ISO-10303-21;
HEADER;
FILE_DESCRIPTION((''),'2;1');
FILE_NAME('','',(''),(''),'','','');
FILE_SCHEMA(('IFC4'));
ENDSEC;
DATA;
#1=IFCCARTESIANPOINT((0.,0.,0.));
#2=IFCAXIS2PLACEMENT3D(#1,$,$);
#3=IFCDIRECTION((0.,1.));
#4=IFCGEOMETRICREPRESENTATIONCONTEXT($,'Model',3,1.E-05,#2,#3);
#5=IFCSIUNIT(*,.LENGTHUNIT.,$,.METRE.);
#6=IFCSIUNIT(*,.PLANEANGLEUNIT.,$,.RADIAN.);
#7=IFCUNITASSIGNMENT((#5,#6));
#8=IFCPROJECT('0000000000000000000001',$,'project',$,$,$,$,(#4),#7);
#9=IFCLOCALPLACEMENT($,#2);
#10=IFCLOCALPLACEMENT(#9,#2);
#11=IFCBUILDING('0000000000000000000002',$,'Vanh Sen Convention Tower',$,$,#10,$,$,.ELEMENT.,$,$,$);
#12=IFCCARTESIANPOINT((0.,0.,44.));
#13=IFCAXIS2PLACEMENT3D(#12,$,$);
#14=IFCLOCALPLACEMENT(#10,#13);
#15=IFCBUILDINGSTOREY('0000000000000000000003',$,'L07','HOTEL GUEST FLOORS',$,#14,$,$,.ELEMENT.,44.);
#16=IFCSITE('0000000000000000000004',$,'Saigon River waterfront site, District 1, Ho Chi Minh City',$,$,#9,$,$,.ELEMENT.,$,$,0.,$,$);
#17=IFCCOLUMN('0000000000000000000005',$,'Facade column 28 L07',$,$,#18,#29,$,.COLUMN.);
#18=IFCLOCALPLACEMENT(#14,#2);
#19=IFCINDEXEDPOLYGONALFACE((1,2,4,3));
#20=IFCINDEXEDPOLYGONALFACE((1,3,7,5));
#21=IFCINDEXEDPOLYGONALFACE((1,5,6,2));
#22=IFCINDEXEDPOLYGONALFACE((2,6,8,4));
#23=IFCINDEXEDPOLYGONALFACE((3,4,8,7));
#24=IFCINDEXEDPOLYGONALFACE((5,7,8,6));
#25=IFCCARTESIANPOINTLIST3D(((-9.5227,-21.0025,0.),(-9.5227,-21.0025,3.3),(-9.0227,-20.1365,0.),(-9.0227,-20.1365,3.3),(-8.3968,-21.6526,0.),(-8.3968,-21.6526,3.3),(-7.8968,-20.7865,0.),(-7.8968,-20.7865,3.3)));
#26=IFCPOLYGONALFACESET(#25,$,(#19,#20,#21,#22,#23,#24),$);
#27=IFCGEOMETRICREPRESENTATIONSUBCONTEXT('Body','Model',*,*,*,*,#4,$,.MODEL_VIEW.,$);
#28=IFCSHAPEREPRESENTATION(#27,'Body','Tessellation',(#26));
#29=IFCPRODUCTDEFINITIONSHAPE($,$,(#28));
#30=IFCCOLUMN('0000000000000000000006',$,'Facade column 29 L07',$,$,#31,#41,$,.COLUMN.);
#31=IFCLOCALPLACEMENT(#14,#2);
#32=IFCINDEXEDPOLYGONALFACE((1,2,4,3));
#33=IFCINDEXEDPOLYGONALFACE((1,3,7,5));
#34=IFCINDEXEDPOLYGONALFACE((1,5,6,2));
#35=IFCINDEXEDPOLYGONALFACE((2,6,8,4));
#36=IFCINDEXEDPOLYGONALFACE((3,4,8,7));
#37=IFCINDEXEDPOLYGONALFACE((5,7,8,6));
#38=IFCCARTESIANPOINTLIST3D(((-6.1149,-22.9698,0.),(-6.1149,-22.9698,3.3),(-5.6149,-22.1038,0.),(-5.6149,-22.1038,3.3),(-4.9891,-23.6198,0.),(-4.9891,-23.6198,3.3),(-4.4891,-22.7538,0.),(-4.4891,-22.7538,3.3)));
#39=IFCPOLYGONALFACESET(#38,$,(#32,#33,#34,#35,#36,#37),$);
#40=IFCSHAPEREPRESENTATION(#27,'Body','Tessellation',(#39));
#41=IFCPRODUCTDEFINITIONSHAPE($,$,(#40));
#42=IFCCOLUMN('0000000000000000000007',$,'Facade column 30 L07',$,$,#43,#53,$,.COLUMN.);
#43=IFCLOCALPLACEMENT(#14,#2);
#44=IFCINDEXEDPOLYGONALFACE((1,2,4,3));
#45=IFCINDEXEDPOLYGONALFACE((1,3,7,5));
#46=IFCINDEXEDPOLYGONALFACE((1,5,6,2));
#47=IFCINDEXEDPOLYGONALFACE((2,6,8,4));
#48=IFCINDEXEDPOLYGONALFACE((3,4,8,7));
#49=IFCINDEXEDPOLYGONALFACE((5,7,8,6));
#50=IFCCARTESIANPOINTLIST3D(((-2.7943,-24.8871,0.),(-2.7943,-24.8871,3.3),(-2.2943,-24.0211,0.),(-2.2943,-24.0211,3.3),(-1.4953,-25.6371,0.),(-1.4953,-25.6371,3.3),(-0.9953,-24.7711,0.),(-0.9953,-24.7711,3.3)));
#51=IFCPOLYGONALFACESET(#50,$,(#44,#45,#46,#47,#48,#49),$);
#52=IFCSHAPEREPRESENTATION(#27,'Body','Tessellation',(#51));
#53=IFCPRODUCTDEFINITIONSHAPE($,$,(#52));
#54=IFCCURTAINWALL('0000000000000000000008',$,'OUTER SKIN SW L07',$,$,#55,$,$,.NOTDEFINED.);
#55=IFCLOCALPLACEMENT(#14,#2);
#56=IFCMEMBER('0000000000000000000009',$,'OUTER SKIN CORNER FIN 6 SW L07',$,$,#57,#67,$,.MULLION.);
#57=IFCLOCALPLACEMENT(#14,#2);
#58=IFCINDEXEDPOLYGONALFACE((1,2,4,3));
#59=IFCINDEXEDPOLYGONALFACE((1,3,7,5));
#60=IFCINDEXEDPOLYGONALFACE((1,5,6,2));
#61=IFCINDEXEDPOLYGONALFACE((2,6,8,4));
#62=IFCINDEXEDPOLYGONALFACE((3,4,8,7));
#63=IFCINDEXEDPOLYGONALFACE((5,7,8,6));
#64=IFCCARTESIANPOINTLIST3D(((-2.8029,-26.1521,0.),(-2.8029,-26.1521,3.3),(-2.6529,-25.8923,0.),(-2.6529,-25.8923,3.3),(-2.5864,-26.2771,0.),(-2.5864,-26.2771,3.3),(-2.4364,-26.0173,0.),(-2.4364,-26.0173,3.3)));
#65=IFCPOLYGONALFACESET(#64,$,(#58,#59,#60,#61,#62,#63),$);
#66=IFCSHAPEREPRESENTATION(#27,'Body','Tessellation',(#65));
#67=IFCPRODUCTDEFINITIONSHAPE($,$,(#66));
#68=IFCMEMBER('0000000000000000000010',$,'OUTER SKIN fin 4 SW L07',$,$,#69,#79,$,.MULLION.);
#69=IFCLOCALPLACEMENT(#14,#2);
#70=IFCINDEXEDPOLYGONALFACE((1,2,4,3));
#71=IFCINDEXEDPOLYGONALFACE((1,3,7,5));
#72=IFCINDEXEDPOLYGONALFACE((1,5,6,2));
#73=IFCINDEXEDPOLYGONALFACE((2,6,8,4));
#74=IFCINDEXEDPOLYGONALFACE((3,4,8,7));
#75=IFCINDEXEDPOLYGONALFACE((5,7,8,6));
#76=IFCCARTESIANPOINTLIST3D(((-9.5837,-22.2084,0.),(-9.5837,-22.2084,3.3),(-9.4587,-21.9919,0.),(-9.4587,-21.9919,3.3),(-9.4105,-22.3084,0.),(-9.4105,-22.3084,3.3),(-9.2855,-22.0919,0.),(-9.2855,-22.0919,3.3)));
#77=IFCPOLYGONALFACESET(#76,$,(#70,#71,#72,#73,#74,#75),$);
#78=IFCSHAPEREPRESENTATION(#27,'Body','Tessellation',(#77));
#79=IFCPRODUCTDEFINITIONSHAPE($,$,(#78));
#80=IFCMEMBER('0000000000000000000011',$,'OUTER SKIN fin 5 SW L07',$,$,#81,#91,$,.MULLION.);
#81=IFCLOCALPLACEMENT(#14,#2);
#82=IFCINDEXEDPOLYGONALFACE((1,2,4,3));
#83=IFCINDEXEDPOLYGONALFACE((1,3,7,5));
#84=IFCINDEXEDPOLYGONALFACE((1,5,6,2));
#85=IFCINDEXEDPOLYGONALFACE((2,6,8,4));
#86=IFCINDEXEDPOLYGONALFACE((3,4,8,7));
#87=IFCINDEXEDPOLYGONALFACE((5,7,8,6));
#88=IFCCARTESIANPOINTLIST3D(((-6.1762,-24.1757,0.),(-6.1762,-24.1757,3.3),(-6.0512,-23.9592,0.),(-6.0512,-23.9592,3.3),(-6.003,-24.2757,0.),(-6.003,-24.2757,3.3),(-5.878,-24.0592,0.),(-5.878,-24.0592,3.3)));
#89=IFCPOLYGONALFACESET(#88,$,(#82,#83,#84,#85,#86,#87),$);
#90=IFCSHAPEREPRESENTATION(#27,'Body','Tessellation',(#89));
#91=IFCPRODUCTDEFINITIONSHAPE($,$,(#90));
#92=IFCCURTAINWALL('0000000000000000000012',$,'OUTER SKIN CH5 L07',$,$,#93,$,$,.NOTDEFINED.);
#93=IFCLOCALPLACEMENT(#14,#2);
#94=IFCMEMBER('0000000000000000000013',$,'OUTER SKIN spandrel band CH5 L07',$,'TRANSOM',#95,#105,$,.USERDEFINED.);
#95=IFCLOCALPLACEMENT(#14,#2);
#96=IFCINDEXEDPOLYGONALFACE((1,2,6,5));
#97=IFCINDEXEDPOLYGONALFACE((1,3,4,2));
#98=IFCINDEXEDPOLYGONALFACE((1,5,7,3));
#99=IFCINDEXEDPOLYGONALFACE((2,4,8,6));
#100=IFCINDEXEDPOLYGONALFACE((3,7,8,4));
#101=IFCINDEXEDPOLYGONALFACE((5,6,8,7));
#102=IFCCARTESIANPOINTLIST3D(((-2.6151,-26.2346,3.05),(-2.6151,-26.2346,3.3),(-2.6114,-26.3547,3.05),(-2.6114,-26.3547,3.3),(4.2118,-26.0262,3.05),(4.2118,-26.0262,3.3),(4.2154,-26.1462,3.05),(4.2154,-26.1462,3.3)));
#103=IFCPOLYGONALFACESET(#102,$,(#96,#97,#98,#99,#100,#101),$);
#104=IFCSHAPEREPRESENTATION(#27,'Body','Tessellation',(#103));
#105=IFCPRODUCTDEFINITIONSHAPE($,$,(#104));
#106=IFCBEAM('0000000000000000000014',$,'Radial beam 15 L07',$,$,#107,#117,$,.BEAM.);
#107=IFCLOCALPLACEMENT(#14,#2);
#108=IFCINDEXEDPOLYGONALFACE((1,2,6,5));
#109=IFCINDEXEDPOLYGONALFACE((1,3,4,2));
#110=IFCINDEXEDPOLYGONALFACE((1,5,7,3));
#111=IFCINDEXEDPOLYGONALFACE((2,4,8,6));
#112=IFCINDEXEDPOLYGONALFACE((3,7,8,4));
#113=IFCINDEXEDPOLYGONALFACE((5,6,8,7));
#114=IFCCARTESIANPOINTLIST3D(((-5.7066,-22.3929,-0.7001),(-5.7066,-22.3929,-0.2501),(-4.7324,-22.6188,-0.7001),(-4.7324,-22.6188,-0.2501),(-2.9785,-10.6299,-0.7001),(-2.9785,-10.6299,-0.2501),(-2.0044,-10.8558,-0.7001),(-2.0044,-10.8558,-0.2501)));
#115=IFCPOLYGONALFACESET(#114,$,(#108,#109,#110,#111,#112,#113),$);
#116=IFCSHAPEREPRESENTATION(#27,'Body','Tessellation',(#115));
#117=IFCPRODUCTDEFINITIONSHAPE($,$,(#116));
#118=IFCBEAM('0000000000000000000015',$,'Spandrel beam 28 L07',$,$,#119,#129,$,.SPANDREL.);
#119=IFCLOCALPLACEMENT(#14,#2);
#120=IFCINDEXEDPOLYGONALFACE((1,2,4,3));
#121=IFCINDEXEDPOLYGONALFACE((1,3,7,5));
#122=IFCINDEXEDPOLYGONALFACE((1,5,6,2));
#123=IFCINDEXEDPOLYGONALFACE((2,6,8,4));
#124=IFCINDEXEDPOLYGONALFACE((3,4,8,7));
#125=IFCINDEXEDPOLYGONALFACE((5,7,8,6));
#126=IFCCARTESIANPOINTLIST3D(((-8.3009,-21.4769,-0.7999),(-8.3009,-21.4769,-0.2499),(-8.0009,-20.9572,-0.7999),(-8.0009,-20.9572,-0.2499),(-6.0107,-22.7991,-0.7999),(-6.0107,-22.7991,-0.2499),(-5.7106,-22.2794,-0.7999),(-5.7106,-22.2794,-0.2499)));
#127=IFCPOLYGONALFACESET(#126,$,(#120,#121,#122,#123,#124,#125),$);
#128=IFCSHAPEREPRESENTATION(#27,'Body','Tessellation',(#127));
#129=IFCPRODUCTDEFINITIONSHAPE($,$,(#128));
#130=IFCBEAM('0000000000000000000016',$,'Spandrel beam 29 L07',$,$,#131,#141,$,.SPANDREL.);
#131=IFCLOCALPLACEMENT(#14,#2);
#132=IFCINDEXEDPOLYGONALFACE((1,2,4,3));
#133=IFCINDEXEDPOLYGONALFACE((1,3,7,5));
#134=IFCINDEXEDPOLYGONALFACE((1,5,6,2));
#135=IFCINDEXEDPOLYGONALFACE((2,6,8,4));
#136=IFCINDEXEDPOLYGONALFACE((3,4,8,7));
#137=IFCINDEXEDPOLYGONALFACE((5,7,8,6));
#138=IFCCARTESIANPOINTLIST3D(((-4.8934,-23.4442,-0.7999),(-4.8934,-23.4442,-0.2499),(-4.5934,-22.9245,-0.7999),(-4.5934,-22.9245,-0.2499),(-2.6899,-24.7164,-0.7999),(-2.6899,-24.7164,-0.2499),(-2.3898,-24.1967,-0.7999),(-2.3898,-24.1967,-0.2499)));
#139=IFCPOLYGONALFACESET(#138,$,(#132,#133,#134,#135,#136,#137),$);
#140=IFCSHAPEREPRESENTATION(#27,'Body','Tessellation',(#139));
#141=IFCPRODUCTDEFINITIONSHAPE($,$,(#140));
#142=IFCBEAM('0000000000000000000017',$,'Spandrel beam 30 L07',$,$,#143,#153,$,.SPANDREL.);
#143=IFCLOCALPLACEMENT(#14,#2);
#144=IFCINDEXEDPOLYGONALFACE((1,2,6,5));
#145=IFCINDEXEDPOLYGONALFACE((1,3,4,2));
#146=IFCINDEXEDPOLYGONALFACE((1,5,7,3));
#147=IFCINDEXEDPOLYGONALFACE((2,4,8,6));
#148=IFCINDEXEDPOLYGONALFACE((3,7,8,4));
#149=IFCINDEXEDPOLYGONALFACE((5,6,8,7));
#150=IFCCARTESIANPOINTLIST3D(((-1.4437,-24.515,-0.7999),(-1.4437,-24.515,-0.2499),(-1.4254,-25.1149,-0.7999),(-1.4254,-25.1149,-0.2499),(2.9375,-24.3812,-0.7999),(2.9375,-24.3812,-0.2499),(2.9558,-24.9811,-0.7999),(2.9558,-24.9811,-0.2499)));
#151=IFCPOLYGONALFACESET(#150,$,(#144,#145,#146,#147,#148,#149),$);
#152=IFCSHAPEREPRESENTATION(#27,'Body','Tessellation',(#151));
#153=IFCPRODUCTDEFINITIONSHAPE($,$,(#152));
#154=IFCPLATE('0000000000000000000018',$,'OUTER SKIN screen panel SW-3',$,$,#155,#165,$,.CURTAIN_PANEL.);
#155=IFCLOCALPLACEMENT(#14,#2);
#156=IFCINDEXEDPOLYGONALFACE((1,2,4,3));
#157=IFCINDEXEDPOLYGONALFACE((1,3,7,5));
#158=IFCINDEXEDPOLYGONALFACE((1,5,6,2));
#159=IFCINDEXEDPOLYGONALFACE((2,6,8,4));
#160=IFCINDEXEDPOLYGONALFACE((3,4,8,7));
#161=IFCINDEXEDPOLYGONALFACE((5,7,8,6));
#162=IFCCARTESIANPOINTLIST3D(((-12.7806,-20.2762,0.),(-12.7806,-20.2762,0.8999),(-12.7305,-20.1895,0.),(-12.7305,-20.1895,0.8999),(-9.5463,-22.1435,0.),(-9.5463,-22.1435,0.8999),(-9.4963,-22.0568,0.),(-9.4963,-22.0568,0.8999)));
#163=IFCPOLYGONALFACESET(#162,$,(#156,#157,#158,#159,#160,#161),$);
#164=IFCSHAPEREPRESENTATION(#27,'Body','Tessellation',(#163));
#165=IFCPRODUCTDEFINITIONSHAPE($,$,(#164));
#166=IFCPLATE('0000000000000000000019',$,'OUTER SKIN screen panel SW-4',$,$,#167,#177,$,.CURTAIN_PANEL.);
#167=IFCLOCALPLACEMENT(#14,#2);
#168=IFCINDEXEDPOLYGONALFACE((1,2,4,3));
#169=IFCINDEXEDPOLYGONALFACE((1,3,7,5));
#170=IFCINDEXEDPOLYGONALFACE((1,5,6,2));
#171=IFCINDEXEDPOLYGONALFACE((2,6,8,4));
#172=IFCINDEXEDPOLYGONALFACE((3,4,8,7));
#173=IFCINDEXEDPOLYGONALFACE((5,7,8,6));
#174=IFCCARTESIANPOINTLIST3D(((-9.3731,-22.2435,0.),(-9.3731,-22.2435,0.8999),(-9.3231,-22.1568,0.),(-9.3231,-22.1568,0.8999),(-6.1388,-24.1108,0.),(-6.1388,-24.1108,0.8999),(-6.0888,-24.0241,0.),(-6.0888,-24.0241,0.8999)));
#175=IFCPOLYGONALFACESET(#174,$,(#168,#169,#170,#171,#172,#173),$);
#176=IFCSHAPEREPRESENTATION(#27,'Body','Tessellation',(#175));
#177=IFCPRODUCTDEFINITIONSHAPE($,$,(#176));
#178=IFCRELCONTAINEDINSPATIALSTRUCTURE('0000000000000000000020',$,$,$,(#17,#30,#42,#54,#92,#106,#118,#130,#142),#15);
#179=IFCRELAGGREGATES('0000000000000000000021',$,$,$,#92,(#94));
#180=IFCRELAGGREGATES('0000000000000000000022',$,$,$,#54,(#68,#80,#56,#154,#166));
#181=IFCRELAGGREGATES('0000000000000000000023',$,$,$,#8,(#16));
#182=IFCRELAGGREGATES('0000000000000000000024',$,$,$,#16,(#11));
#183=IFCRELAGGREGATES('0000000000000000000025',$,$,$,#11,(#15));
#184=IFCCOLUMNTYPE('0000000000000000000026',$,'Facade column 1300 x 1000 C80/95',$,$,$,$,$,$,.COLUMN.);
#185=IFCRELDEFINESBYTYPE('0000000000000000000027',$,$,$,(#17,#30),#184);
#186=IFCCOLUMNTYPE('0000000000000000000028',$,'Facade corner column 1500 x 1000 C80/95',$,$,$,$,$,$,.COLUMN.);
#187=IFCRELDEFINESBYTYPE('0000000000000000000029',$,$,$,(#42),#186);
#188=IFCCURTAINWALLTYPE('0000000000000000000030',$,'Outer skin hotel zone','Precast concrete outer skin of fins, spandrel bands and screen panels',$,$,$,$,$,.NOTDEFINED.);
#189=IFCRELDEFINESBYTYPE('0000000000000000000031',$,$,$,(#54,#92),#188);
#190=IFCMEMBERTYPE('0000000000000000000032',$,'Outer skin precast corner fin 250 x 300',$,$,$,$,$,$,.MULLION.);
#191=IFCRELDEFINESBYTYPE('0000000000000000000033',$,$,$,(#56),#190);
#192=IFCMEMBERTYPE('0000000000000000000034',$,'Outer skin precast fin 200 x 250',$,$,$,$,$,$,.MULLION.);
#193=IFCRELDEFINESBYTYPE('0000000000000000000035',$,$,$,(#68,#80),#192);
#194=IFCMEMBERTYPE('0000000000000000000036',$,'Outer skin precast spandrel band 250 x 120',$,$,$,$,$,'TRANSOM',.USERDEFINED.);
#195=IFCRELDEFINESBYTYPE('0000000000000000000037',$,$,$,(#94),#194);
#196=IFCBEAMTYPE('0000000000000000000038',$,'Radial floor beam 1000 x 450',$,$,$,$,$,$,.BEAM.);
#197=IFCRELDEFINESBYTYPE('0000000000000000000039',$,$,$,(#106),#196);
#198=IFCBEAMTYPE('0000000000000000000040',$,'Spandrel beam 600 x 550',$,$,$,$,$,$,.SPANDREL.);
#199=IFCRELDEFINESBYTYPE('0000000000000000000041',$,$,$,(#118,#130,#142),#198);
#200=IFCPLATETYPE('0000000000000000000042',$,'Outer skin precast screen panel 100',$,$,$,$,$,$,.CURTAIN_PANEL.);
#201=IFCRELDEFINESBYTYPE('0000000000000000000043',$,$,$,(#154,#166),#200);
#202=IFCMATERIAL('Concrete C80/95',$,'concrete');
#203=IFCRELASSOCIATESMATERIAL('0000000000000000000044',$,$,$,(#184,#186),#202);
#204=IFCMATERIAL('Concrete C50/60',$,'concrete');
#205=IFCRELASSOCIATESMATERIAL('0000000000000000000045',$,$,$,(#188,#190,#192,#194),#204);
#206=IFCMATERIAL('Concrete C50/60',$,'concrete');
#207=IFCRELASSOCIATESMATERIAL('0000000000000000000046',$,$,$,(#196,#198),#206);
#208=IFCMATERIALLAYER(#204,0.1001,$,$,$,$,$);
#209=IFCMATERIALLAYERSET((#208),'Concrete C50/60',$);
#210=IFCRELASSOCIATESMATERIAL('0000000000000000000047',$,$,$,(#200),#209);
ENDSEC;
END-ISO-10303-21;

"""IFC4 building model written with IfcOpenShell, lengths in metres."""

from ifc_helpers import new_model, si_unit, direction, frame, origin, origin_2d, place, context, subcontext, project, spatial, rectangle, extrude, material, layer, layer_set, material_profile, profile_set, type_object, element, aggregate, save


model = new_model("IFC4")

# Units and contexts
model_context = context("Model", 3, precision=1e-05, world=origin(), true_north=direction((0.0, 1.0)))
body_context = subcontext(model_context, "Body", "Model", "MODEL_VIEW")
ifc_project = project(units=[si_unit("LENGTHUNIT", "METRE"), si_unit("PLANEANGLEUNIT", "RADIAN")], contexts=[model_context])

# Site, building, storey
site_placement = place(None, origin())
site = spatial("IfcSite", under=ifc_project, at=site_placement, Name="Saigon River waterfront site, District 1, Ho Chi Minh City", CompositionType="ELEMENT", RefElevation=0.0)
building_placement = place(site_placement, origin())
building = spatial("IfcBuilding", under=site, at=building_placement, Name="Vanh Sen Convention Tower", CompositionType="ELEMENT")
storey_placement = place(building_placement, frame((0.0, 0.0, 44.0)))
storey = spatial("IfcBuildingStorey", under=building, at=storey_placement, Name="L07", Description="HOTEL GUEST FLOORS", CompositionType="ELEMENT", Elevation=44.0)

# Columns
ifc_material_1 = material(Name="Concrete C80/95", Category="concrete")
ifc_material_profile_1 = material_profile(ifc_material_1, rectangle(XDim=1.3, YDim=1.0, at=origin_2d()), Name="RC 1300X1000")
ifc_profile_set_1 = profile_set([ifc_material_profile_1], Name="Concrete C80/95")
column_type_1 = type_object("IfcColumnType", Name="Facade column 1300 x 1000 C80/95", PredefinedType="COLUMN", material=ifc_profile_set_1)
for number, where, z_axis, x_axis, name in (
    (1, (-8.7097, -20.8945, 0.0), (0.0, 0.0, 1.0), (0.866025, -0.5, 0.0), "Facade column 28 L07"),
    (2, (-5.302, -22.8618, 0.0), (0.0, 0.0, 1.0), (0.866025, -0.5, 0.0), "Facade column 29 L07"),
):
    element("IfcColumn", number, at=place(storey_placement, frame(where, z_axis=z_axis, x_axis=x_axis)), inside=storey, type_object=column_type_1, Name=name, PredefinedType="COLUMN", context=body_context, shape_type="SweptSolid", body=[
        extrude(rectangle(XDim=1.3, YDim=1.0, at=origin_2d()), origin(), (0.0, 0.0, 1.0), 3.3),
    ])
ifc_material_profile_2 = material_profile(ifc_material_1, rectangle(XDim=1.5, YDim=1.0, at=origin_2d()), Name="RC 1500X1000")
ifc_profile_set_2 = profile_set([ifc_material_profile_2], Name="Concrete C80/95")
column_type_2 = type_object("IfcColumnType", Name="Facade corner column 1500 x 1000 C80/95", PredefinedType="COLUMN", material=ifc_profile_set_2)
column_placement = place(storey_placement, frame((-1.8948, -24.8291, 0.0), z_axis=(0.0, 0.0, 1.0), x_axis=(0.866025, -0.5, 0.0)))
element("IfcColumn", 3, at=column_placement, inside=storey, type_object=column_type_2, Name="Facade column 30 L07", PredefinedType="COLUMN", context=body_context, shape_type="SweptSolid", body=[
    extrude(rectangle(XDim=1.5, YDim=1.0, at=origin_2d()), origin(), (0.0, 0.0, 1.0), 3.3),
])

# Curtain wall, members
ifc_material_2 = material(Name="Concrete C50/60", Category="concrete")
curtain_wall_type = type_object("IfcCurtainWallType", Name="Outer skin hotel zone", Description="Precast concrete outer skin of fins, spandrel bands and screen panels", PredefinedType="NOTDEFINED", material=ifc_material_2)
curtain_wall_1_placement = place(storey_placement, origin())
curtain_wall_1 = element("IfcCurtainWall", 4, at=curtain_wall_1_placement, inside=storey, type_object=curtain_wall_type, Name="OUTER SKIN SW L07", PredefinedType="NOTDEFINED")
ifc_material_profile_3 = material_profile(ifc_material_2, rectangle(XDim=0.25, YDim=0.3, at=origin_2d()), Name="Outer skin precast corner fin 250 x 300")
ifc_profile_set_3 = profile_set([ifc_material_profile_3], Name="Concrete C50/60")
member_type_1 = type_object("IfcMemberType", Name="Outer skin precast corner fin 250 x 300", PredefinedType="MULLION", material=ifc_profile_set_3)
member_1_placement = place(storey_placement, frame((-2.6196, -26.0847, 0.0), z_axis=(0.0, 0.0, 1.0), x_axis=(0.866025, -0.5, 0.0)))
member_1 = element("IfcMember", 5, at=member_1_placement, type_object=member_type_1, Name="OUTER SKIN CORNER FIN 6 SW L07", PredefinedType="MULLION", context=body_context, shape_type="SweptSolid", body=[
    extrude(rectangle(XDim=0.25, YDim=0.3, at=origin_2d()), origin(), (0.0, 0.0, 1.0), 3.3),
])
ifc_material_profile_4 = material_profile(ifc_material_2, rectangle(XDim=0.2, YDim=0.25, at=origin_2d()), Name="Outer skin precast fin 200 x 250")
ifc_profile_set_4 = profile_set([ifc_material_profile_4], Name="Concrete C50/60")
member_type_2 = type_object("IfcMemberType", Name="Outer skin precast fin 200 x 250", PredefinedType="MULLION", material=ifc_profile_set_4)
member_2_placement = place(storey_placement, frame((-9.4346, -22.1501, 0.0), z_axis=(0.0, 0.0, 1.0), x_axis=(0.866025, -0.5, 0.0)))
member_2 = element("IfcMember", 6, at=member_2_placement, type_object=member_type_2, Name="OUTER SKIN fin 4 SW L07", PredefinedType="MULLION", context=body_context, shape_type="SweptSolid", body=[
    extrude(rectangle(XDim=0.2, YDim=0.25, at=origin_2d()), origin(), (0.0, 0.0, 1.0), 3.3),
])
member_3_placement = place(storey_placement, frame((-6.0271, -24.1174, 0.0), z_axis=(0.0, 0.0, 1.0), x_axis=(0.866025, -0.5, 0.0)))
member_3 = element("IfcMember", 7, at=member_3_placement, type_object=member_type_2, Name="OUTER SKIN fin 5 SW L07", PredefinedType="MULLION", context=body_context, shape_type="SweptSolid", body=[
    extrude(rectangle(XDim=0.2, YDim=0.25, at=origin_2d()), origin(), (0.0, 0.0, 1.0), 3.3),
])

# Curtain wall, member
curtain_wall_2_placement = place(storey_placement, origin())
curtain_wall_2 = element("IfcCurtainWall", 8, at=curtain_wall_2_placement, inside=storey, type_object=curtain_wall_type, Name="OUTER SKIN CH5 L07", PredefinedType="NOTDEFINED")
ifc_material_profile_5 = material_profile(ifc_material_2, rectangle(XDim=0.1201, YDim=0.25, at=origin_2d()), Name="Outer skin precast spandrel band 250 x 120")
ifc_profile_set_5 = profile_set([ifc_material_profile_5], Name="Concrete C50/60")
member_type_3 = type_object("IfcMemberType", Name="Outer skin precast spandrel band 250 x 120", ElementType="TRANSOM", PredefinedType="USERDEFINED", material=ifc_profile_set_5)
member_4_placement = place(storey_placement, frame((-2.6133, -26.2947, 3.175), z_axis=(0.999534, 0.030526, 0.0), x_axis=(-0.030526, 0.999534, 0.0)))
member_4 = element("IfcMember", 9, at=member_4_placement, type_object=member_type_3, Name="OUTER SKIN spandrel band CH5 L07", ObjectType="TRANSOM", PredefinedType="USERDEFINED", context=body_context, shape_type="SweptSolid", body=[
    extrude(rectangle(XDim=0.1201, YDim=0.25, at=origin_2d()), origin(), (0.0, 0.0, 1.0), 6.8301),
])
aggregate(curtain_wall_2, [member_4])

# Beams
ifc_material_3 = material(Name="Concrete C50/60", Category="concrete")
ifc_material_profile_6 = material_profile(ifc_material_3, rectangle(XDim=1.0, YDim=0.45, at=origin_2d()), Name="RC 1000X450")
ifc_profile_set_6 = profile_set([ifc_material_profile_6], Name="Concrete C50/60")
beam_type_1 = type_object("IfcBeamType", Name="Radial floor beam 1000 x 450", PredefinedType="BEAM", material=ifc_profile_set_6)
beam_1_placement = place(storey_placement, frame((-5.2195, -22.5059, -0.4751), z_axis=(0.225921, 0.974146, 0.0), x_axis=(-0.974146, 0.225921, 0.0)))
element("IfcBeam", 10, at=beam_1_placement, inside=storey, type_object=beam_type_1, Name="Radial beam 15 L07", PredefinedType="BEAM", context=body_context, shape_type="SweptSolid", body=[
    extrude(rectangle(XDim=1.0, YDim=0.45, at=origin_2d()), origin(), (0.0, 0.0, 1.0), 12.0752),
])
ifc_material_profile_7 = material_profile(ifc_material_3, rectangle(XDim=0.6001, YDim=0.55, at=origin_2d()), Name="RC 600X550")
ifc_profile_set_7 = profile_set([ifc_material_profile_7], Name="Concrete C50/60")
beam_type_2 = type_object("IfcBeamType", Name="Spandrel beam 600 x 550", PredefinedType="SPANDREL", material=ifc_profile_set_7)
beam_2_placement = place(storey_placement, frame((-8.1509, -21.217, -0.5249), z_axis=(0.86603, -0.499991, 0.0), x_axis=(0.499991, 0.86603, 0.0)))
element("IfcBeam", 11, at=beam_2_placement, inside=storey, type_object=beam_type_2, Name="Spandrel beam 28 L07", PredefinedType="SPANDREL", context=body_context, shape_type="SweptSolid", body=[
    extrude(rectangle(XDim=0.6001, YDim=0.55, at=origin_2d()), origin(), (0.0, 0.0, 1.0), 2.6445),
])
beam_3_placement = place(storey_placement, frame((-4.7434, -23.1843, -0.5249), z_axis=(0.866032, -0.499988, 0.0), x_axis=(0.499988, 0.866032, 0.0)))
element("IfcBeam", 12, at=beam_3_placement, inside=storey, type_object=beam_type_2, Name="Spandrel beam 29 L07", PredefinedType="SPANDREL", context=body_context, shape_type="SweptSolid", body=[
    extrude(rectangle(XDim=0.6001, YDim=0.55, at=origin_2d()), origin(), (0.0, 0.0, 1.0), 2.5444),
])
beam_4_placement = place(storey_placement, frame((-1.4346, -24.8149, -0.5249), z_axis=(0.999534, 0.030522, 0.0), x_axis=(-0.030522, 0.999534, 0.0)))
element("IfcBeam", 13, at=beam_4_placement, inside=storey, type_object=beam_type_2, Name="Spandrel beam 30 L07", PredefinedType="SPANDREL", context=body_context, shape_type="SweptSolid", body=[
    extrude(rectangle(XDim=0.6001, YDim=0.55, at=origin_2d()), origin(), (0.0, 0.0, 1.0), 4.3833),
])

# Plates
ifc_layer_1 = layer(ifc_material_2, 0.1001)
ifc_layer_set_1 = layer_set([ifc_layer_1], Name="Concrete C50/60")
plate_type = type_object("IfcPlateType", Name="Outer skin precast screen panel 100", PredefinedType="CURTAIN_PANEL", material=ifc_layer_set_1)
plate_1_placement = place(storey_placement, frame((-11.1384, -21.1665, 0.0), z_axis=(0.0, 0.0, 1.0), x_axis=(0.866028, -0.499995, 0.0)))
plate_1 = element("IfcPlate", 14, at=plate_1_placement, type_object=plate_type, Name="OUTER SKIN screen panel SW-3", PredefinedType="CURTAIN_PANEL", context=body_context, shape_type="SweptSolid", body=[
    extrude(rectangle(XDim=3.7346, YDim=0.1001, at=origin_2d()), origin(), (0.0, 0.0, 1.0), 0.8999),
])
plate_2_placement = place(storey_placement, frame((-7.731, -23.1338, 0.0), z_axis=(0.0, 0.0, 1.0), x_axis=(0.866028, -0.499995, 0.0)))
plate_2 = element("IfcPlate", 15, at=plate_2_placement, type_object=plate_type, Name="OUTER SKIN screen panel SW-4", PredefinedType="CURTAIN_PANEL", context=body_context, shape_type="SweptSolid", body=[
    extrude(rectangle(XDim=3.7346, YDim=0.1001, at=origin_2d()), origin(), (0.0, 0.0, 1.0), 0.8999),
])
aggregate(curtain_wall_1, [member_2, member_3, member_1, plate_1, plate_2])

save(model, "model.ifc")
